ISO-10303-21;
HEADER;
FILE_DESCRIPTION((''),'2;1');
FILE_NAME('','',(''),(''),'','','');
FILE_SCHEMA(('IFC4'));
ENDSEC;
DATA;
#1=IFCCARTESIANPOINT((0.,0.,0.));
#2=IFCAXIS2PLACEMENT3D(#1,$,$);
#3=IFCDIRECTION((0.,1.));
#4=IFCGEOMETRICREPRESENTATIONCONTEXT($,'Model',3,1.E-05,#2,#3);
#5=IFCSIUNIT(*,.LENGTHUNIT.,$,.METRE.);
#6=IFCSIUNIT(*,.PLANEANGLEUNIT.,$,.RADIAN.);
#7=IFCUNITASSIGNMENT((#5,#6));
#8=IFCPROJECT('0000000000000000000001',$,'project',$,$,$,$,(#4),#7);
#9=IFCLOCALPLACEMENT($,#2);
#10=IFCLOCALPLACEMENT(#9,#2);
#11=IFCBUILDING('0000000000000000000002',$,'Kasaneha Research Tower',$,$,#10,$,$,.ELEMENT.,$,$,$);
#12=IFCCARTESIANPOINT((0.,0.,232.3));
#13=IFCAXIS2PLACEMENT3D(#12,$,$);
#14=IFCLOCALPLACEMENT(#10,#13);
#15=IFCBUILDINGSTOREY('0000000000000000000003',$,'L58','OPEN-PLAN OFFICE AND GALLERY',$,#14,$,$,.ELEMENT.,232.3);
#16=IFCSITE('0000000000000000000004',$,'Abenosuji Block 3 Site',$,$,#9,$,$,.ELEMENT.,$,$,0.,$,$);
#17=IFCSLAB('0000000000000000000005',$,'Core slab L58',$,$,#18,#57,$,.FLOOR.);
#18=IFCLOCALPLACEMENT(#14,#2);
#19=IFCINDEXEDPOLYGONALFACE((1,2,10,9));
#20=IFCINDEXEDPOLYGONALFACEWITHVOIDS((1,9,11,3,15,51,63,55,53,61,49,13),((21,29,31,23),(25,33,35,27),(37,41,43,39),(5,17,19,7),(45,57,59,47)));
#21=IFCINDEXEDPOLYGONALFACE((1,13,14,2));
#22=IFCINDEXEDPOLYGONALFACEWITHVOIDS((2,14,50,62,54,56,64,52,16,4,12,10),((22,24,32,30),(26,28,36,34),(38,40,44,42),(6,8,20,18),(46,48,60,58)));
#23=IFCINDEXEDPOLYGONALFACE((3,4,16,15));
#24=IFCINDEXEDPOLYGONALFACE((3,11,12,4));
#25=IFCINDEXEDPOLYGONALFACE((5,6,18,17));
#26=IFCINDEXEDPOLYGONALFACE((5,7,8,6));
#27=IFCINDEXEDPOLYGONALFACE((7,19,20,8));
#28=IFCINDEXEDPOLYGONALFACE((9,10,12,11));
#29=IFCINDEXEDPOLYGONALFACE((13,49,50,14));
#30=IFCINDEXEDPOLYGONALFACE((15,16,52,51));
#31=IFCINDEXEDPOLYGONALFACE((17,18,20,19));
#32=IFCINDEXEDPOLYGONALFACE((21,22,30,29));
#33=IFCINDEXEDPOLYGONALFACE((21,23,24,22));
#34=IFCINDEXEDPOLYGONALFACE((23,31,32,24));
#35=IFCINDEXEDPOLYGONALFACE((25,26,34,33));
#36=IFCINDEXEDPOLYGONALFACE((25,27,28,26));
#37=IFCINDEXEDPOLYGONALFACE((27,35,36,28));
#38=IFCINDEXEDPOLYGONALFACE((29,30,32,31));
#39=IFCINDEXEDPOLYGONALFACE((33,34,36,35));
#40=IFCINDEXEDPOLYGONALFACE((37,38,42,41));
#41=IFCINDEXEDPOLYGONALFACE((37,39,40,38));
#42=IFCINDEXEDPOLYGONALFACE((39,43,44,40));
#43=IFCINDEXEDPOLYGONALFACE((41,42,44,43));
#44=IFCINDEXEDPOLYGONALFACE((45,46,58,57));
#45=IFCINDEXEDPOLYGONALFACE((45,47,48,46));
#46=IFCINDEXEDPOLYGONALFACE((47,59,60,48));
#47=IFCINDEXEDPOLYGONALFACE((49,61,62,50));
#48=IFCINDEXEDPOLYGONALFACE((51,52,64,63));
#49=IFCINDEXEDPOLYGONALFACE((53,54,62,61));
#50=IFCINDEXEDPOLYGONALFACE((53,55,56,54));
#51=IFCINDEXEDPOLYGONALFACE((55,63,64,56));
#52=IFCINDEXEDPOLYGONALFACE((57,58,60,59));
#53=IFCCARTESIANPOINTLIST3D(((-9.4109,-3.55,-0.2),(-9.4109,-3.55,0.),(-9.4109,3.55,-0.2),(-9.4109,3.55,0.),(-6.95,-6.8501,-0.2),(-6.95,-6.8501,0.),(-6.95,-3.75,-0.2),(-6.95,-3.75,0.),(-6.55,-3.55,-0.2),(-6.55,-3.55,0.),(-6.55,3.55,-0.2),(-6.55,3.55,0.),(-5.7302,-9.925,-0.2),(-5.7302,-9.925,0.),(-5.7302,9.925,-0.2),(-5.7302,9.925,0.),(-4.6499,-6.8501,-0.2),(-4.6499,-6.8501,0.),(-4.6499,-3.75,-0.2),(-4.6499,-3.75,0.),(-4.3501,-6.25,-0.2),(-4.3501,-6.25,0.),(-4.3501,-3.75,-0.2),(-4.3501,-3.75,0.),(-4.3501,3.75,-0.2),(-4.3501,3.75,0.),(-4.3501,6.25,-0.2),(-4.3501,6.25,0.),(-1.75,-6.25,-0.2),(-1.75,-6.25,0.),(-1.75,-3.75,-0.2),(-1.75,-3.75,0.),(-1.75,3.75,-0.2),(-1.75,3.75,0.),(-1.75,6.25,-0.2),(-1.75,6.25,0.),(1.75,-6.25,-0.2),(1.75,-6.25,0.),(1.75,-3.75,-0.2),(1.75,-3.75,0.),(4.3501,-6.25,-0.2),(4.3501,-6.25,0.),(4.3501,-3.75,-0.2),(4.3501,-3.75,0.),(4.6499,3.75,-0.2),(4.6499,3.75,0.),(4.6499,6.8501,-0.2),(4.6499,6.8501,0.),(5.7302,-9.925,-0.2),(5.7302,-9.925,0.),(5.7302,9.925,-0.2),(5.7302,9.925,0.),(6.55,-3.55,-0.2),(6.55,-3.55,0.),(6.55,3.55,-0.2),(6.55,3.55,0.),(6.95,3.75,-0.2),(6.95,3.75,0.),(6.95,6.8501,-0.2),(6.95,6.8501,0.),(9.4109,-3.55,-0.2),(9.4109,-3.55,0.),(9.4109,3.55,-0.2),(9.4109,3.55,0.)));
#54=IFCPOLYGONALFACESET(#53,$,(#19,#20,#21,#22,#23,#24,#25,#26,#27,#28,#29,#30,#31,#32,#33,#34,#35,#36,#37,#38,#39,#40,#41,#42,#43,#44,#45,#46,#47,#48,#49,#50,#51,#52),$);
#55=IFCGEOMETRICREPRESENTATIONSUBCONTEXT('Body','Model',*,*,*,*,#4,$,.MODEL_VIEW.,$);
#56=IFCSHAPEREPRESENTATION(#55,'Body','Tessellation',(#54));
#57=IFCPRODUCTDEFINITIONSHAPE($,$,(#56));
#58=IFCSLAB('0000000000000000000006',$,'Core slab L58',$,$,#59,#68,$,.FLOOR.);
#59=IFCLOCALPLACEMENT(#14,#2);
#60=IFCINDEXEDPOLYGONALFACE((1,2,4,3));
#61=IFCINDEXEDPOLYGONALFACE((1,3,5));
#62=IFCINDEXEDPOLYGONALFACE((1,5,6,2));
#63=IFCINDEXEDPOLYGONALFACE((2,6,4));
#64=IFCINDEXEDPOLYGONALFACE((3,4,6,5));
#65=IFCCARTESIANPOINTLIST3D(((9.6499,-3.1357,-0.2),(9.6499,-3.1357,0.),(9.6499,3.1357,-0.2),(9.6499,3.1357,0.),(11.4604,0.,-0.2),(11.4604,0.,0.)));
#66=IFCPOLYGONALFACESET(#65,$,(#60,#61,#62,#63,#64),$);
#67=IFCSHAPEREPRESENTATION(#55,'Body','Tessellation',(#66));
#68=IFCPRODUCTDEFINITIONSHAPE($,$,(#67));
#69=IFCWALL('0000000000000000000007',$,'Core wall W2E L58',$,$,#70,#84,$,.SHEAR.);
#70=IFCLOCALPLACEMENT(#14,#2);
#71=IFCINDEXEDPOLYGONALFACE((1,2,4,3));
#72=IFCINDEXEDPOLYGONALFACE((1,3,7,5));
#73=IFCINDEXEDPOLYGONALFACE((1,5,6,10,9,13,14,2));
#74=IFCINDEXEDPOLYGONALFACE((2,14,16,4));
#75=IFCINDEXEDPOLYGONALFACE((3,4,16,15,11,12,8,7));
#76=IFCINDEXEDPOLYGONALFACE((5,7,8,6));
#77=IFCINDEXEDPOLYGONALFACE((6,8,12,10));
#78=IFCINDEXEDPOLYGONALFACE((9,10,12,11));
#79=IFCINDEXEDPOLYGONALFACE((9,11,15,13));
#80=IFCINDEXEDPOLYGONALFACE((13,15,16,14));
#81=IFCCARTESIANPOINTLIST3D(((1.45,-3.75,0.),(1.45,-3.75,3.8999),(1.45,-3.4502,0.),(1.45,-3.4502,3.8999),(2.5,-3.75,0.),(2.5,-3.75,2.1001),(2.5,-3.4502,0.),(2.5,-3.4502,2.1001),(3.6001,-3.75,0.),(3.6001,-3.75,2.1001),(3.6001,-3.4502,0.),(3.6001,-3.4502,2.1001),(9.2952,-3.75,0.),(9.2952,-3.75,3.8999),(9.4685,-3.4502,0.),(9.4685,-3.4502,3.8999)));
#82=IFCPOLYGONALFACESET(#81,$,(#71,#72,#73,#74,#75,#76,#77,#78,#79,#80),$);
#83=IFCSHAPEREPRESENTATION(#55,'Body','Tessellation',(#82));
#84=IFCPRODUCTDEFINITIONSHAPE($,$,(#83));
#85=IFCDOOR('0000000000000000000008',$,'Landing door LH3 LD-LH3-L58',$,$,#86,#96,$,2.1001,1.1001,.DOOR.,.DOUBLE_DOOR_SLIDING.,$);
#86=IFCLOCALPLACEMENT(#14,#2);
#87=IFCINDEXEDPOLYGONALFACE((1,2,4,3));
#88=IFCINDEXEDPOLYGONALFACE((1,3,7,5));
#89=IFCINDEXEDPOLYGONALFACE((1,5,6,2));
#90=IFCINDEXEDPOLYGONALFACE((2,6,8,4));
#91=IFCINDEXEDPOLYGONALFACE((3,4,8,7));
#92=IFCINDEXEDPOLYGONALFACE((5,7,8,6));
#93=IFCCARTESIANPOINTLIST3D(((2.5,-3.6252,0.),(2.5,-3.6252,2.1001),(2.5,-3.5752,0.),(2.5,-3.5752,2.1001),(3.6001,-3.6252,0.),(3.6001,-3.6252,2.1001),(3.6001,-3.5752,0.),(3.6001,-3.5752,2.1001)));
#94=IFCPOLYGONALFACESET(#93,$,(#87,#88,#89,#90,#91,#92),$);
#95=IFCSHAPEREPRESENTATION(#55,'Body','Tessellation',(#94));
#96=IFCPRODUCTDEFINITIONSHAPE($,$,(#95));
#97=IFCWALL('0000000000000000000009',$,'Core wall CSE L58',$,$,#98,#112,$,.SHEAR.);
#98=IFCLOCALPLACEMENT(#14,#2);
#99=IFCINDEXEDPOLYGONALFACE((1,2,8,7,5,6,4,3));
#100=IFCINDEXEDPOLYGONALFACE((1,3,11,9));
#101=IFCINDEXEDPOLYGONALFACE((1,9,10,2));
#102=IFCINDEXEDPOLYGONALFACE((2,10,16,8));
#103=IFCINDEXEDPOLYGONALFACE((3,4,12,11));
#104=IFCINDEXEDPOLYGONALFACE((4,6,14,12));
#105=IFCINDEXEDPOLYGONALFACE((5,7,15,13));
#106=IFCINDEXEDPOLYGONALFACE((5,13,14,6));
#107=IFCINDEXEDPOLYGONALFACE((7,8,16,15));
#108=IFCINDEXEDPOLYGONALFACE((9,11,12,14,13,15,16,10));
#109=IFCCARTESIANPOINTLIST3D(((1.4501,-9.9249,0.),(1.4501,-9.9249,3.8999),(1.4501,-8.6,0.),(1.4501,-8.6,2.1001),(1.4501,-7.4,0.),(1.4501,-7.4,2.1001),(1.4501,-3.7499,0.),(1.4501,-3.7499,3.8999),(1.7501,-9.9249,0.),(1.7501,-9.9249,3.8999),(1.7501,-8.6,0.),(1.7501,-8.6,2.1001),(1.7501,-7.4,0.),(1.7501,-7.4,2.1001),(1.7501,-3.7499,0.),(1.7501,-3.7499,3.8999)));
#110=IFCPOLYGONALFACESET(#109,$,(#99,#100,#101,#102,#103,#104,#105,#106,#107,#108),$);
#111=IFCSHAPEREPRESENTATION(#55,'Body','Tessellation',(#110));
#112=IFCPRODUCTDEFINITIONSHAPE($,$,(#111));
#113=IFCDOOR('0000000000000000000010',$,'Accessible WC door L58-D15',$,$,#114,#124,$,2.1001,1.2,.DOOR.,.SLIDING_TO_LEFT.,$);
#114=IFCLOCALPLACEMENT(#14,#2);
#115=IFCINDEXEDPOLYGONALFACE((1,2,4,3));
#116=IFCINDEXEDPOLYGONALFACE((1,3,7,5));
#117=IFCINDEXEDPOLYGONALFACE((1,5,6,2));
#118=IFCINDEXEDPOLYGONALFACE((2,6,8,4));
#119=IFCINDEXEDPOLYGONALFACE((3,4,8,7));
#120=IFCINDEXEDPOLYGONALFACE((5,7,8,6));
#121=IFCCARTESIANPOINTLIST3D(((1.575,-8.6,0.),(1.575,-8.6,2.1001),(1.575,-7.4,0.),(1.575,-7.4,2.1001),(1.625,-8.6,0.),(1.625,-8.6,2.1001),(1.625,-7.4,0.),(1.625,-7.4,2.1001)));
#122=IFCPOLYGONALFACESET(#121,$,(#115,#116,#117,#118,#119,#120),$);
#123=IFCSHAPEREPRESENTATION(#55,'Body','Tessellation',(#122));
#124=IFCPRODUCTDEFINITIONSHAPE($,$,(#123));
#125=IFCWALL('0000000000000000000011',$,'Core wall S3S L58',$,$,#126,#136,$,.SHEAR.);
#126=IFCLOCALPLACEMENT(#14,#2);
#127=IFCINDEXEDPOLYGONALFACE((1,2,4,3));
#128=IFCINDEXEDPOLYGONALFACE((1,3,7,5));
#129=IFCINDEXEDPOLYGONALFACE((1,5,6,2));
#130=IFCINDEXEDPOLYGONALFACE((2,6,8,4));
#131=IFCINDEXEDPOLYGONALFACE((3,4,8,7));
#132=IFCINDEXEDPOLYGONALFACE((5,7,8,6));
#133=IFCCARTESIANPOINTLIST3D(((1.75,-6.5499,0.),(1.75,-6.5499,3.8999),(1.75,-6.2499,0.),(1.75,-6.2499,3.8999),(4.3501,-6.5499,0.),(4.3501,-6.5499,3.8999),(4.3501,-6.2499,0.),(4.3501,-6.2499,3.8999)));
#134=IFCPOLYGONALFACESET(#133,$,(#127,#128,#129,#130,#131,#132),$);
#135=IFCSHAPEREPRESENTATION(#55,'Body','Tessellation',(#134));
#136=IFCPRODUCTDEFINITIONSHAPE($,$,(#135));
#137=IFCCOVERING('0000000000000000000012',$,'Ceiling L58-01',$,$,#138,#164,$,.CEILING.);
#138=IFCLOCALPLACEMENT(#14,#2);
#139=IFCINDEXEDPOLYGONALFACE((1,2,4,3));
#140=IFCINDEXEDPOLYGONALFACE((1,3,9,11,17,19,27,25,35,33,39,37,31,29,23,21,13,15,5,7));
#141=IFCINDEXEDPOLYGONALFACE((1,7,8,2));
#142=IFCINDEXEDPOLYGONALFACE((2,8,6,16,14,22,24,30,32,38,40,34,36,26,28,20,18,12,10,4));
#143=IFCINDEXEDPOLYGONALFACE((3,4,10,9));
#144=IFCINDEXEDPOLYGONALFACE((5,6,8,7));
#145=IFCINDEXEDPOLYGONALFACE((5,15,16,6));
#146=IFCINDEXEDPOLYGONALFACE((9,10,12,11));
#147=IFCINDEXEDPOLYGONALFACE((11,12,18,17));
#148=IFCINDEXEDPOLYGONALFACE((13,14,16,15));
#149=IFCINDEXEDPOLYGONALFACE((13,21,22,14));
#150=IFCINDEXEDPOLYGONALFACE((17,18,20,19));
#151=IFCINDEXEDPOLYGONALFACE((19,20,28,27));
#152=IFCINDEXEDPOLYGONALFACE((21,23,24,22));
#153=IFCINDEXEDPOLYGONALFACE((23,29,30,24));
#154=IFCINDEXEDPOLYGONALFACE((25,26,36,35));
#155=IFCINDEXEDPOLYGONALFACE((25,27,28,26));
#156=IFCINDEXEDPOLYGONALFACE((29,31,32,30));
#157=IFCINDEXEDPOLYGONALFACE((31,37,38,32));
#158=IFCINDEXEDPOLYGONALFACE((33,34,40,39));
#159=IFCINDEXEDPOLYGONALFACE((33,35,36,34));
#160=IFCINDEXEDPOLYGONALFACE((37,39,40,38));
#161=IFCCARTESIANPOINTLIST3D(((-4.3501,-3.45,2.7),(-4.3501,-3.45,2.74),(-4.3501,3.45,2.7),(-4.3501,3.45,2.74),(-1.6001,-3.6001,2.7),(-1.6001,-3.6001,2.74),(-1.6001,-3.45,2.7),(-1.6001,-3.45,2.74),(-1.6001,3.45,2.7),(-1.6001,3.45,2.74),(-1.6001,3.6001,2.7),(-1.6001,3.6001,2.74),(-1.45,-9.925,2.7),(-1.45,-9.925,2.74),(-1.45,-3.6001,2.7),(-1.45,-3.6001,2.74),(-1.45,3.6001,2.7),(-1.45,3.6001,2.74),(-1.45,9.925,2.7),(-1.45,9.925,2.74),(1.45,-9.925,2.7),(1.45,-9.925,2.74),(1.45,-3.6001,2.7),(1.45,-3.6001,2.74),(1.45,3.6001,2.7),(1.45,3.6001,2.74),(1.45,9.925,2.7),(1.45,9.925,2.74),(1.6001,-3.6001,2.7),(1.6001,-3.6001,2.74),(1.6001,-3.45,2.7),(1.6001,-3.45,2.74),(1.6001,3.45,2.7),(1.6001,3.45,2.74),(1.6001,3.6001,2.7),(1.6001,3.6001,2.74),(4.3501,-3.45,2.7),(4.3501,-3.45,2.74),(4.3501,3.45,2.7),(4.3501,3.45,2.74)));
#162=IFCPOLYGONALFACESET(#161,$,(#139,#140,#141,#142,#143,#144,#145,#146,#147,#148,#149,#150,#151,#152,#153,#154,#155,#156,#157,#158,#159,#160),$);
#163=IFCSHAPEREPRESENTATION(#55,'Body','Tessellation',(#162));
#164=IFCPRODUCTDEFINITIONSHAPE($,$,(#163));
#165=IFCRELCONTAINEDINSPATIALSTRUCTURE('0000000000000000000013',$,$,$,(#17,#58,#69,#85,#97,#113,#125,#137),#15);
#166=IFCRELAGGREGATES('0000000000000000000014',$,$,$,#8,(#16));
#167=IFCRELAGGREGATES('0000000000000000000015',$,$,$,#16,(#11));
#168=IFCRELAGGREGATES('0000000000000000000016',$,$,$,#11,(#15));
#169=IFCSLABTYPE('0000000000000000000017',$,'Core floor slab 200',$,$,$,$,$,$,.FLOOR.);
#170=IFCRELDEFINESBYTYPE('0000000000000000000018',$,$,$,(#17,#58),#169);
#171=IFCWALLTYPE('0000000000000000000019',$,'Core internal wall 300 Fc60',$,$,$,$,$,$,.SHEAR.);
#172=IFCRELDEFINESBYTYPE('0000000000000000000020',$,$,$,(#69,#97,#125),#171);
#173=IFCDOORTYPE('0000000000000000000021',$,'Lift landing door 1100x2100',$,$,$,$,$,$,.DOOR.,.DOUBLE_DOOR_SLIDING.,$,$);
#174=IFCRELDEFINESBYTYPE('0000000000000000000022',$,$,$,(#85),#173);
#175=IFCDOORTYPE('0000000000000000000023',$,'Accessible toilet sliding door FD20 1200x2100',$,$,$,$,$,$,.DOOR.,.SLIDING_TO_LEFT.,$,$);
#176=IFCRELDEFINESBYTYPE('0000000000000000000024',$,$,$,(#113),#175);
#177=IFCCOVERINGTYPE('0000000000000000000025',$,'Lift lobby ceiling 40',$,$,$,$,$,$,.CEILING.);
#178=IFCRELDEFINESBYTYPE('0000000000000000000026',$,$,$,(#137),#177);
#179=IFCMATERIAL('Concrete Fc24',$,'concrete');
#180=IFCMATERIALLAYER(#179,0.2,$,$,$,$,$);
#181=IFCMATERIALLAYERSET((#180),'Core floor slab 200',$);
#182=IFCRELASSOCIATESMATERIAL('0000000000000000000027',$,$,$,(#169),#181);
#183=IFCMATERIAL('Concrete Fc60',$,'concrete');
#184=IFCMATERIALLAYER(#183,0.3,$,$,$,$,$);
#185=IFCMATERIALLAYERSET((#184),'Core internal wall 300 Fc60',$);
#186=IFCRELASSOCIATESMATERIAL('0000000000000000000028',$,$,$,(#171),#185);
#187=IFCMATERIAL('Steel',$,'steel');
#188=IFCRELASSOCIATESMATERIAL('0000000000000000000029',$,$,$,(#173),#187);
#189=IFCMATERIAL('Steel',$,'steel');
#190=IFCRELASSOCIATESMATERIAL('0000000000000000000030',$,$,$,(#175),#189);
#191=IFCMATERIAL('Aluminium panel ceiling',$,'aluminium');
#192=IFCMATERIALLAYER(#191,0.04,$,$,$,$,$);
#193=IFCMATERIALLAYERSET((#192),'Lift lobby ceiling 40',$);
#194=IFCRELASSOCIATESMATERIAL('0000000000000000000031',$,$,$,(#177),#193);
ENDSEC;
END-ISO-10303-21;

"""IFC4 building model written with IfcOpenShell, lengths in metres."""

from ifc_helpers import new_model, si_unit, direction, frame, frame_2d, origin, place, context, subcontext, project, spatial, polyline, rectangle, outline, extrude, material, layer, layer_set, type_object, element, fill, save


model = new_model("IFC4")

# Units and contexts
model_context = context("Model", 3, precision=1e-05, world=origin(), true_north=direction((0.0, 1.0)))
body_context = subcontext(model_context, "Body", "Model", "MODEL_VIEW")
ifc_project = project(units=[si_unit("LENGTHUNIT", "METRE"), si_unit("PLANEANGLEUNIT", "RADIAN")], contexts=[model_context])

# Site, building, storey
site_placement = place(None, origin())
site = spatial("IfcSite", under=ifc_project, at=site_placement, Name="Abenosuji Block 3 Site", CompositionType="ELEMENT", RefElevation=0.0)
building_placement = place(site_placement, origin())
building = spatial("IfcBuilding", under=site, at=building_placement, Name="Kasaneha Research Tower", CompositionType="ELEMENT")
storey_placement = place(building_placement, frame((0.0, 0.0, 232.3)))
storey = spatial("IfcBuildingStorey", under=building, at=storey_placement, Name="L58", Description="OPEN-PLAN OFFICE AND GALLERY", CompositionType="ELEMENT", Elevation=232.3)

# Slabs
ifc_material_1 = material(Name="Concrete Fc24", Category="concrete")
ifc_layer_1 = layer(ifc_material_1, 0.2)
ifc_layer_set_1 = layer_set([ifc_layer_1], Name="Core floor slab 200")
slab_type = type_object("IfcSlabType", Name="Core floor slab 200", PredefinedType="FLOOR", material=ifc_layer_set_1)
slab_1_placement = place(storey_placement, frame((0.0, 0.0, -0.2)))
element("IfcSlab", 1, at=slab_1_placement, inside=storey, type_object=slab_type, Name="Core slab L58", PredefinedType="FLOOR", context=body_context, shape_type="SweptSolid", body=[
    extrude(outline(polyline([(-5.7302, 9.925), (5.7302, 9.925), (9.4109, 3.55), (6.55, 3.55), (6.55, -3.55), (9.4109, -3.55), (5.7302, -9.925), (-5.7302, -9.925), (-9.4109, -3.55), (-6.55, -3.55), (-6.55, 3.55), (-9.4109, 3.55), (-5.7302, 9.925)]), holes=[polyline([(-6.95, -6.8501), (-4.6499, -6.8501), (-4.6499, -3.75), (-6.95, -3.75), (-6.95, -6.8501)]), polyline([(-4.3501, -3.75), (-4.3501, -6.25), (-1.75, -6.25), (-1.75, -3.75), (-4.3501, -3.75)]), polyline([(1.75, -3.75), (1.75, -6.25), (4.3501, -6.25), (4.3501, -3.75), (1.75, -3.75)]), polyline([(-4.3501, 6.25), (-4.3501, 3.75), (-1.75, 3.75), (-1.75, 6.25), (-4.3501, 6.25)]), polyline([(4.6499, 6.8501), (4.6499, 3.75), (6.95, 3.75), (6.95, 6.8501), (4.6499, 6.8501)])]), origin(), (0.0, 0.0, 1.0), 0.2),
])
slab_2_placement = place(storey_placement, frame((0.0, 0.0, -0.2)))
element("IfcSlab", 2, at=slab_2_placement, inside=storey, type_object=slab_type, Name="Core slab L58", PredefinedType="FLOOR", context=body_context, shape_type="SweptSolid", body=[
    extrude(outline(polyline([(11.4604, 0.0), (9.6499, -3.1357), (9.6499, 3.1357), (11.4604, 0.0)])), origin(), (0.0, 0.0, 1.0), 0.2),
])

# Walls, openings, doors
ifc_material_2 = material(Name="Concrete Fc60", Category="concrete")
ifc_layer_2 = layer(ifc_material_2, 0.3)
ifc_layer_set_2 = layer_set([ifc_layer_2], Name="Core internal wall 300 Fc60")
wall_type = type_object("IfcWallType", Name="Core internal wall 300 Fc60", PredefinedType="SHEAR", material=ifc_layer_set_2)
wall_1_placement = place(storey_placement, frame((1.45, -3.6001, 0.0), z_axis=(0.0, 0.0, 1.0), x_axis=(1.0, 0.0, 0.0)))
wall_1 = element("IfcWall", 3, at=wall_1_placement, inside=storey, type_object=wall_type, Name="Core wall W2E L58", PredefinedType="SHEAR", context=body_context, shape_type="SweptSolid", body=[
    extrude(outline(polyline([(0.0, -0.1499), (1.05, -0.1499), (2.1501, -0.1499), (7.8452, -0.1499), (8.0186, 0.1499), (2.1501, 0.1499), (1.05, 0.1499), (0.0, 0.1499), (0.0, -0.1499)])), origin(), (0.0, 0.0, 1.0), 3.8999),
])
opening_1_placement = place(wall_1_placement, frame((1.05, 0.0, 0.0)))
opening_1 = element("IfcOpeningElement", 4, at=opening_1_placement, cuts=wall_1, PredefinedType="OPENING", context=body_context, shape_type="SweptSolid", body=[
    extrude(rectangle(XDim=1.1001, YDim=2.1001, at=frame_2d((0.55, 1.05))), frame((0.0, 0.1602, 0.0), z_axis=(0.0, -1.0, 0.0), x_axis=(1.0, 0.0, 0.0)), (0.0, 0.0, 1.0), 0.3201),
])
ifc_material_3 = material(Name="Steel", Category="steel")
door_type_1 = type_object("IfcDoorType", Name="Lift landing door 1100x2100", OperationType="DOUBLE_DOOR_SLIDING", PredefinedType="DOOR", material=ifc_material_3)
door_1_placement = place(opening_1_placement, origin())
door_1 = element("IfcDoor", 5, at=door_1_placement, inside=storey, type_object=door_type_1, Name="Landing door LH3 LD-LH3-L58", OperationType="DOUBLE_DOOR_SLIDING", OverallHeight=2.1001, OverallWidth=1.1001, PredefinedType="DOOR", context=body_context, shape_type="SweptSolid", body=[
    extrude(rectangle(XDim=1.1001, YDim=2.1001, at=frame_2d((0.55, 1.05))), frame((0.0, 0.0249, 0.0), z_axis=(0.0, -1.0, 0.0), x_axis=(1.0, 0.0, 0.0)), (0.0, 0.0, 1.0), 0.05),
])
fill(opening_1, door_1)
wall_2_placement = place(storey_placement, frame((1.6001, -3.75, 0.0), z_axis=(0.0, 0.0, 1.0), x_axis=(0.0, -1.0, 0.0)))
wall_2 = element("IfcWall", 6, at=wall_2_placement, inside=storey, type_object=wall_type, Name="Core wall CSE L58", PredefinedType="SHEAR", context=body_context, shape_type="SweptSolid", body=[
    extrude(rectangle(XDim=6.175, YDim=0.3, at=frame_2d((3.0874, 0.0))), origin(), (0.0, 0.0, 1.0), 3.8999),
])
opening_2_placement = place(wall_2_placement, frame((3.6499, 0.0, 0.0)))
opening_2 = element("IfcOpeningElement", 7, at=opening_2_placement, cuts=wall_2, PredefinedType="OPENING", context=body_context, shape_type="SweptSolid", body=[
    extrude(rectangle(XDim=1.2, YDim=2.1001, at=frame_2d((0.6001, 1.05))), frame((0.0, 0.1602, 0.0), z_axis=(0.0, -1.0, 0.0), x_axis=(1.0, 0.0, 0.0)), (0.0, 0.0, 1.0), 0.3201),
])
ifc_material_4 = material(Name="Steel", Category="steel")
door_type_2 = type_object("IfcDoorType", Name="Accessible toilet sliding door FD20 1200x2100", OperationType="SLIDING_TO_LEFT", PredefinedType="DOOR", material=ifc_material_4)
door_2_placement = place(opening_2_placement, origin())
door_2 = element("IfcDoor", 8, at=door_2_placement, inside=storey, type_object=door_type_2, Name="Accessible WC door L58-D15", OperationType="SLIDING_TO_LEFT", OverallHeight=2.1001, OverallWidth=1.2, PredefinedType="DOOR", context=body_context, shape_type="SweptSolid", body=[
    extrude(rectangle(XDim=1.2, YDim=2.1001, at=frame_2d((0.6001, 1.05))), frame((0.0, 0.0249, 0.0), z_axis=(0.0, -1.0, 0.0), x_axis=(1.0, 0.0, 0.0)), (0.0, 0.0, 1.0), 0.05),
])
fill(opening_2, door_2)

# Wall
wall_3_placement = place(storey_placement, frame((1.75, -6.3999, 0.0), z_axis=(0.0, 0.0, 1.0), x_axis=(1.0, 0.0, 0.0)))
element("IfcWall", 9, at=wall_3_placement, inside=storey, type_object=wall_type, Name="Core wall S3S L58", PredefinedType="SHEAR", context=body_context, shape_type="SweptSolid", body=[
    extrude(rectangle(XDim=2.6001, YDim=0.3, at=frame_2d((1.3, 0.0))), origin(), (0.0, 0.0, 1.0), 3.8999),
])

# Covering
ifc_material_5 = material(Name="Aluminium panel ceiling", Category="aluminium")
ifc_layer_3 = layer(ifc_material_5, 0.04)
ifc_layer_set_3 = layer_set([ifc_layer_3], Name="Lift lobby ceiling 40")
covering_type_1 = type_object("IfcCoveringType", Name="Lift lobby ceiling 40", PredefinedType="CEILING", material=ifc_layer_set_3)
covering_1_placement = place(storey_placement, frame((0.0, 0.0, 2.7)))
element("IfcCovering", 10, at=covering_1_placement, inside=storey, type_object=covering_type_1, Name="Ceiling L58-01", PredefinedType="CEILING", context=body_context, shape_type="SweptSolid", body=[
    extrude(outline(polyline([(1.45, 9.925), (1.45, 3.6001), (1.6001, 3.6001), (1.6001, 3.45), (4.3501, 3.45), (4.3501, -3.45), (1.6001, -3.45), (1.6001, -3.6001), (1.45, -3.6001), (1.45, -9.925), (-1.45, -9.925), (-1.45, -3.6001), (-1.6001, -3.6001), (-1.6001, -3.45), (-4.3501, -3.45), (-4.3501, 3.45), (-1.6001, 3.45), (-1.6001, 3.6001), (-1.45, 3.6001), (-1.45, 9.925), (1.45, 9.925)])), origin(), (0.0, 0.0, 1.0), 0.04),
])

save(model, "model.ifc")
